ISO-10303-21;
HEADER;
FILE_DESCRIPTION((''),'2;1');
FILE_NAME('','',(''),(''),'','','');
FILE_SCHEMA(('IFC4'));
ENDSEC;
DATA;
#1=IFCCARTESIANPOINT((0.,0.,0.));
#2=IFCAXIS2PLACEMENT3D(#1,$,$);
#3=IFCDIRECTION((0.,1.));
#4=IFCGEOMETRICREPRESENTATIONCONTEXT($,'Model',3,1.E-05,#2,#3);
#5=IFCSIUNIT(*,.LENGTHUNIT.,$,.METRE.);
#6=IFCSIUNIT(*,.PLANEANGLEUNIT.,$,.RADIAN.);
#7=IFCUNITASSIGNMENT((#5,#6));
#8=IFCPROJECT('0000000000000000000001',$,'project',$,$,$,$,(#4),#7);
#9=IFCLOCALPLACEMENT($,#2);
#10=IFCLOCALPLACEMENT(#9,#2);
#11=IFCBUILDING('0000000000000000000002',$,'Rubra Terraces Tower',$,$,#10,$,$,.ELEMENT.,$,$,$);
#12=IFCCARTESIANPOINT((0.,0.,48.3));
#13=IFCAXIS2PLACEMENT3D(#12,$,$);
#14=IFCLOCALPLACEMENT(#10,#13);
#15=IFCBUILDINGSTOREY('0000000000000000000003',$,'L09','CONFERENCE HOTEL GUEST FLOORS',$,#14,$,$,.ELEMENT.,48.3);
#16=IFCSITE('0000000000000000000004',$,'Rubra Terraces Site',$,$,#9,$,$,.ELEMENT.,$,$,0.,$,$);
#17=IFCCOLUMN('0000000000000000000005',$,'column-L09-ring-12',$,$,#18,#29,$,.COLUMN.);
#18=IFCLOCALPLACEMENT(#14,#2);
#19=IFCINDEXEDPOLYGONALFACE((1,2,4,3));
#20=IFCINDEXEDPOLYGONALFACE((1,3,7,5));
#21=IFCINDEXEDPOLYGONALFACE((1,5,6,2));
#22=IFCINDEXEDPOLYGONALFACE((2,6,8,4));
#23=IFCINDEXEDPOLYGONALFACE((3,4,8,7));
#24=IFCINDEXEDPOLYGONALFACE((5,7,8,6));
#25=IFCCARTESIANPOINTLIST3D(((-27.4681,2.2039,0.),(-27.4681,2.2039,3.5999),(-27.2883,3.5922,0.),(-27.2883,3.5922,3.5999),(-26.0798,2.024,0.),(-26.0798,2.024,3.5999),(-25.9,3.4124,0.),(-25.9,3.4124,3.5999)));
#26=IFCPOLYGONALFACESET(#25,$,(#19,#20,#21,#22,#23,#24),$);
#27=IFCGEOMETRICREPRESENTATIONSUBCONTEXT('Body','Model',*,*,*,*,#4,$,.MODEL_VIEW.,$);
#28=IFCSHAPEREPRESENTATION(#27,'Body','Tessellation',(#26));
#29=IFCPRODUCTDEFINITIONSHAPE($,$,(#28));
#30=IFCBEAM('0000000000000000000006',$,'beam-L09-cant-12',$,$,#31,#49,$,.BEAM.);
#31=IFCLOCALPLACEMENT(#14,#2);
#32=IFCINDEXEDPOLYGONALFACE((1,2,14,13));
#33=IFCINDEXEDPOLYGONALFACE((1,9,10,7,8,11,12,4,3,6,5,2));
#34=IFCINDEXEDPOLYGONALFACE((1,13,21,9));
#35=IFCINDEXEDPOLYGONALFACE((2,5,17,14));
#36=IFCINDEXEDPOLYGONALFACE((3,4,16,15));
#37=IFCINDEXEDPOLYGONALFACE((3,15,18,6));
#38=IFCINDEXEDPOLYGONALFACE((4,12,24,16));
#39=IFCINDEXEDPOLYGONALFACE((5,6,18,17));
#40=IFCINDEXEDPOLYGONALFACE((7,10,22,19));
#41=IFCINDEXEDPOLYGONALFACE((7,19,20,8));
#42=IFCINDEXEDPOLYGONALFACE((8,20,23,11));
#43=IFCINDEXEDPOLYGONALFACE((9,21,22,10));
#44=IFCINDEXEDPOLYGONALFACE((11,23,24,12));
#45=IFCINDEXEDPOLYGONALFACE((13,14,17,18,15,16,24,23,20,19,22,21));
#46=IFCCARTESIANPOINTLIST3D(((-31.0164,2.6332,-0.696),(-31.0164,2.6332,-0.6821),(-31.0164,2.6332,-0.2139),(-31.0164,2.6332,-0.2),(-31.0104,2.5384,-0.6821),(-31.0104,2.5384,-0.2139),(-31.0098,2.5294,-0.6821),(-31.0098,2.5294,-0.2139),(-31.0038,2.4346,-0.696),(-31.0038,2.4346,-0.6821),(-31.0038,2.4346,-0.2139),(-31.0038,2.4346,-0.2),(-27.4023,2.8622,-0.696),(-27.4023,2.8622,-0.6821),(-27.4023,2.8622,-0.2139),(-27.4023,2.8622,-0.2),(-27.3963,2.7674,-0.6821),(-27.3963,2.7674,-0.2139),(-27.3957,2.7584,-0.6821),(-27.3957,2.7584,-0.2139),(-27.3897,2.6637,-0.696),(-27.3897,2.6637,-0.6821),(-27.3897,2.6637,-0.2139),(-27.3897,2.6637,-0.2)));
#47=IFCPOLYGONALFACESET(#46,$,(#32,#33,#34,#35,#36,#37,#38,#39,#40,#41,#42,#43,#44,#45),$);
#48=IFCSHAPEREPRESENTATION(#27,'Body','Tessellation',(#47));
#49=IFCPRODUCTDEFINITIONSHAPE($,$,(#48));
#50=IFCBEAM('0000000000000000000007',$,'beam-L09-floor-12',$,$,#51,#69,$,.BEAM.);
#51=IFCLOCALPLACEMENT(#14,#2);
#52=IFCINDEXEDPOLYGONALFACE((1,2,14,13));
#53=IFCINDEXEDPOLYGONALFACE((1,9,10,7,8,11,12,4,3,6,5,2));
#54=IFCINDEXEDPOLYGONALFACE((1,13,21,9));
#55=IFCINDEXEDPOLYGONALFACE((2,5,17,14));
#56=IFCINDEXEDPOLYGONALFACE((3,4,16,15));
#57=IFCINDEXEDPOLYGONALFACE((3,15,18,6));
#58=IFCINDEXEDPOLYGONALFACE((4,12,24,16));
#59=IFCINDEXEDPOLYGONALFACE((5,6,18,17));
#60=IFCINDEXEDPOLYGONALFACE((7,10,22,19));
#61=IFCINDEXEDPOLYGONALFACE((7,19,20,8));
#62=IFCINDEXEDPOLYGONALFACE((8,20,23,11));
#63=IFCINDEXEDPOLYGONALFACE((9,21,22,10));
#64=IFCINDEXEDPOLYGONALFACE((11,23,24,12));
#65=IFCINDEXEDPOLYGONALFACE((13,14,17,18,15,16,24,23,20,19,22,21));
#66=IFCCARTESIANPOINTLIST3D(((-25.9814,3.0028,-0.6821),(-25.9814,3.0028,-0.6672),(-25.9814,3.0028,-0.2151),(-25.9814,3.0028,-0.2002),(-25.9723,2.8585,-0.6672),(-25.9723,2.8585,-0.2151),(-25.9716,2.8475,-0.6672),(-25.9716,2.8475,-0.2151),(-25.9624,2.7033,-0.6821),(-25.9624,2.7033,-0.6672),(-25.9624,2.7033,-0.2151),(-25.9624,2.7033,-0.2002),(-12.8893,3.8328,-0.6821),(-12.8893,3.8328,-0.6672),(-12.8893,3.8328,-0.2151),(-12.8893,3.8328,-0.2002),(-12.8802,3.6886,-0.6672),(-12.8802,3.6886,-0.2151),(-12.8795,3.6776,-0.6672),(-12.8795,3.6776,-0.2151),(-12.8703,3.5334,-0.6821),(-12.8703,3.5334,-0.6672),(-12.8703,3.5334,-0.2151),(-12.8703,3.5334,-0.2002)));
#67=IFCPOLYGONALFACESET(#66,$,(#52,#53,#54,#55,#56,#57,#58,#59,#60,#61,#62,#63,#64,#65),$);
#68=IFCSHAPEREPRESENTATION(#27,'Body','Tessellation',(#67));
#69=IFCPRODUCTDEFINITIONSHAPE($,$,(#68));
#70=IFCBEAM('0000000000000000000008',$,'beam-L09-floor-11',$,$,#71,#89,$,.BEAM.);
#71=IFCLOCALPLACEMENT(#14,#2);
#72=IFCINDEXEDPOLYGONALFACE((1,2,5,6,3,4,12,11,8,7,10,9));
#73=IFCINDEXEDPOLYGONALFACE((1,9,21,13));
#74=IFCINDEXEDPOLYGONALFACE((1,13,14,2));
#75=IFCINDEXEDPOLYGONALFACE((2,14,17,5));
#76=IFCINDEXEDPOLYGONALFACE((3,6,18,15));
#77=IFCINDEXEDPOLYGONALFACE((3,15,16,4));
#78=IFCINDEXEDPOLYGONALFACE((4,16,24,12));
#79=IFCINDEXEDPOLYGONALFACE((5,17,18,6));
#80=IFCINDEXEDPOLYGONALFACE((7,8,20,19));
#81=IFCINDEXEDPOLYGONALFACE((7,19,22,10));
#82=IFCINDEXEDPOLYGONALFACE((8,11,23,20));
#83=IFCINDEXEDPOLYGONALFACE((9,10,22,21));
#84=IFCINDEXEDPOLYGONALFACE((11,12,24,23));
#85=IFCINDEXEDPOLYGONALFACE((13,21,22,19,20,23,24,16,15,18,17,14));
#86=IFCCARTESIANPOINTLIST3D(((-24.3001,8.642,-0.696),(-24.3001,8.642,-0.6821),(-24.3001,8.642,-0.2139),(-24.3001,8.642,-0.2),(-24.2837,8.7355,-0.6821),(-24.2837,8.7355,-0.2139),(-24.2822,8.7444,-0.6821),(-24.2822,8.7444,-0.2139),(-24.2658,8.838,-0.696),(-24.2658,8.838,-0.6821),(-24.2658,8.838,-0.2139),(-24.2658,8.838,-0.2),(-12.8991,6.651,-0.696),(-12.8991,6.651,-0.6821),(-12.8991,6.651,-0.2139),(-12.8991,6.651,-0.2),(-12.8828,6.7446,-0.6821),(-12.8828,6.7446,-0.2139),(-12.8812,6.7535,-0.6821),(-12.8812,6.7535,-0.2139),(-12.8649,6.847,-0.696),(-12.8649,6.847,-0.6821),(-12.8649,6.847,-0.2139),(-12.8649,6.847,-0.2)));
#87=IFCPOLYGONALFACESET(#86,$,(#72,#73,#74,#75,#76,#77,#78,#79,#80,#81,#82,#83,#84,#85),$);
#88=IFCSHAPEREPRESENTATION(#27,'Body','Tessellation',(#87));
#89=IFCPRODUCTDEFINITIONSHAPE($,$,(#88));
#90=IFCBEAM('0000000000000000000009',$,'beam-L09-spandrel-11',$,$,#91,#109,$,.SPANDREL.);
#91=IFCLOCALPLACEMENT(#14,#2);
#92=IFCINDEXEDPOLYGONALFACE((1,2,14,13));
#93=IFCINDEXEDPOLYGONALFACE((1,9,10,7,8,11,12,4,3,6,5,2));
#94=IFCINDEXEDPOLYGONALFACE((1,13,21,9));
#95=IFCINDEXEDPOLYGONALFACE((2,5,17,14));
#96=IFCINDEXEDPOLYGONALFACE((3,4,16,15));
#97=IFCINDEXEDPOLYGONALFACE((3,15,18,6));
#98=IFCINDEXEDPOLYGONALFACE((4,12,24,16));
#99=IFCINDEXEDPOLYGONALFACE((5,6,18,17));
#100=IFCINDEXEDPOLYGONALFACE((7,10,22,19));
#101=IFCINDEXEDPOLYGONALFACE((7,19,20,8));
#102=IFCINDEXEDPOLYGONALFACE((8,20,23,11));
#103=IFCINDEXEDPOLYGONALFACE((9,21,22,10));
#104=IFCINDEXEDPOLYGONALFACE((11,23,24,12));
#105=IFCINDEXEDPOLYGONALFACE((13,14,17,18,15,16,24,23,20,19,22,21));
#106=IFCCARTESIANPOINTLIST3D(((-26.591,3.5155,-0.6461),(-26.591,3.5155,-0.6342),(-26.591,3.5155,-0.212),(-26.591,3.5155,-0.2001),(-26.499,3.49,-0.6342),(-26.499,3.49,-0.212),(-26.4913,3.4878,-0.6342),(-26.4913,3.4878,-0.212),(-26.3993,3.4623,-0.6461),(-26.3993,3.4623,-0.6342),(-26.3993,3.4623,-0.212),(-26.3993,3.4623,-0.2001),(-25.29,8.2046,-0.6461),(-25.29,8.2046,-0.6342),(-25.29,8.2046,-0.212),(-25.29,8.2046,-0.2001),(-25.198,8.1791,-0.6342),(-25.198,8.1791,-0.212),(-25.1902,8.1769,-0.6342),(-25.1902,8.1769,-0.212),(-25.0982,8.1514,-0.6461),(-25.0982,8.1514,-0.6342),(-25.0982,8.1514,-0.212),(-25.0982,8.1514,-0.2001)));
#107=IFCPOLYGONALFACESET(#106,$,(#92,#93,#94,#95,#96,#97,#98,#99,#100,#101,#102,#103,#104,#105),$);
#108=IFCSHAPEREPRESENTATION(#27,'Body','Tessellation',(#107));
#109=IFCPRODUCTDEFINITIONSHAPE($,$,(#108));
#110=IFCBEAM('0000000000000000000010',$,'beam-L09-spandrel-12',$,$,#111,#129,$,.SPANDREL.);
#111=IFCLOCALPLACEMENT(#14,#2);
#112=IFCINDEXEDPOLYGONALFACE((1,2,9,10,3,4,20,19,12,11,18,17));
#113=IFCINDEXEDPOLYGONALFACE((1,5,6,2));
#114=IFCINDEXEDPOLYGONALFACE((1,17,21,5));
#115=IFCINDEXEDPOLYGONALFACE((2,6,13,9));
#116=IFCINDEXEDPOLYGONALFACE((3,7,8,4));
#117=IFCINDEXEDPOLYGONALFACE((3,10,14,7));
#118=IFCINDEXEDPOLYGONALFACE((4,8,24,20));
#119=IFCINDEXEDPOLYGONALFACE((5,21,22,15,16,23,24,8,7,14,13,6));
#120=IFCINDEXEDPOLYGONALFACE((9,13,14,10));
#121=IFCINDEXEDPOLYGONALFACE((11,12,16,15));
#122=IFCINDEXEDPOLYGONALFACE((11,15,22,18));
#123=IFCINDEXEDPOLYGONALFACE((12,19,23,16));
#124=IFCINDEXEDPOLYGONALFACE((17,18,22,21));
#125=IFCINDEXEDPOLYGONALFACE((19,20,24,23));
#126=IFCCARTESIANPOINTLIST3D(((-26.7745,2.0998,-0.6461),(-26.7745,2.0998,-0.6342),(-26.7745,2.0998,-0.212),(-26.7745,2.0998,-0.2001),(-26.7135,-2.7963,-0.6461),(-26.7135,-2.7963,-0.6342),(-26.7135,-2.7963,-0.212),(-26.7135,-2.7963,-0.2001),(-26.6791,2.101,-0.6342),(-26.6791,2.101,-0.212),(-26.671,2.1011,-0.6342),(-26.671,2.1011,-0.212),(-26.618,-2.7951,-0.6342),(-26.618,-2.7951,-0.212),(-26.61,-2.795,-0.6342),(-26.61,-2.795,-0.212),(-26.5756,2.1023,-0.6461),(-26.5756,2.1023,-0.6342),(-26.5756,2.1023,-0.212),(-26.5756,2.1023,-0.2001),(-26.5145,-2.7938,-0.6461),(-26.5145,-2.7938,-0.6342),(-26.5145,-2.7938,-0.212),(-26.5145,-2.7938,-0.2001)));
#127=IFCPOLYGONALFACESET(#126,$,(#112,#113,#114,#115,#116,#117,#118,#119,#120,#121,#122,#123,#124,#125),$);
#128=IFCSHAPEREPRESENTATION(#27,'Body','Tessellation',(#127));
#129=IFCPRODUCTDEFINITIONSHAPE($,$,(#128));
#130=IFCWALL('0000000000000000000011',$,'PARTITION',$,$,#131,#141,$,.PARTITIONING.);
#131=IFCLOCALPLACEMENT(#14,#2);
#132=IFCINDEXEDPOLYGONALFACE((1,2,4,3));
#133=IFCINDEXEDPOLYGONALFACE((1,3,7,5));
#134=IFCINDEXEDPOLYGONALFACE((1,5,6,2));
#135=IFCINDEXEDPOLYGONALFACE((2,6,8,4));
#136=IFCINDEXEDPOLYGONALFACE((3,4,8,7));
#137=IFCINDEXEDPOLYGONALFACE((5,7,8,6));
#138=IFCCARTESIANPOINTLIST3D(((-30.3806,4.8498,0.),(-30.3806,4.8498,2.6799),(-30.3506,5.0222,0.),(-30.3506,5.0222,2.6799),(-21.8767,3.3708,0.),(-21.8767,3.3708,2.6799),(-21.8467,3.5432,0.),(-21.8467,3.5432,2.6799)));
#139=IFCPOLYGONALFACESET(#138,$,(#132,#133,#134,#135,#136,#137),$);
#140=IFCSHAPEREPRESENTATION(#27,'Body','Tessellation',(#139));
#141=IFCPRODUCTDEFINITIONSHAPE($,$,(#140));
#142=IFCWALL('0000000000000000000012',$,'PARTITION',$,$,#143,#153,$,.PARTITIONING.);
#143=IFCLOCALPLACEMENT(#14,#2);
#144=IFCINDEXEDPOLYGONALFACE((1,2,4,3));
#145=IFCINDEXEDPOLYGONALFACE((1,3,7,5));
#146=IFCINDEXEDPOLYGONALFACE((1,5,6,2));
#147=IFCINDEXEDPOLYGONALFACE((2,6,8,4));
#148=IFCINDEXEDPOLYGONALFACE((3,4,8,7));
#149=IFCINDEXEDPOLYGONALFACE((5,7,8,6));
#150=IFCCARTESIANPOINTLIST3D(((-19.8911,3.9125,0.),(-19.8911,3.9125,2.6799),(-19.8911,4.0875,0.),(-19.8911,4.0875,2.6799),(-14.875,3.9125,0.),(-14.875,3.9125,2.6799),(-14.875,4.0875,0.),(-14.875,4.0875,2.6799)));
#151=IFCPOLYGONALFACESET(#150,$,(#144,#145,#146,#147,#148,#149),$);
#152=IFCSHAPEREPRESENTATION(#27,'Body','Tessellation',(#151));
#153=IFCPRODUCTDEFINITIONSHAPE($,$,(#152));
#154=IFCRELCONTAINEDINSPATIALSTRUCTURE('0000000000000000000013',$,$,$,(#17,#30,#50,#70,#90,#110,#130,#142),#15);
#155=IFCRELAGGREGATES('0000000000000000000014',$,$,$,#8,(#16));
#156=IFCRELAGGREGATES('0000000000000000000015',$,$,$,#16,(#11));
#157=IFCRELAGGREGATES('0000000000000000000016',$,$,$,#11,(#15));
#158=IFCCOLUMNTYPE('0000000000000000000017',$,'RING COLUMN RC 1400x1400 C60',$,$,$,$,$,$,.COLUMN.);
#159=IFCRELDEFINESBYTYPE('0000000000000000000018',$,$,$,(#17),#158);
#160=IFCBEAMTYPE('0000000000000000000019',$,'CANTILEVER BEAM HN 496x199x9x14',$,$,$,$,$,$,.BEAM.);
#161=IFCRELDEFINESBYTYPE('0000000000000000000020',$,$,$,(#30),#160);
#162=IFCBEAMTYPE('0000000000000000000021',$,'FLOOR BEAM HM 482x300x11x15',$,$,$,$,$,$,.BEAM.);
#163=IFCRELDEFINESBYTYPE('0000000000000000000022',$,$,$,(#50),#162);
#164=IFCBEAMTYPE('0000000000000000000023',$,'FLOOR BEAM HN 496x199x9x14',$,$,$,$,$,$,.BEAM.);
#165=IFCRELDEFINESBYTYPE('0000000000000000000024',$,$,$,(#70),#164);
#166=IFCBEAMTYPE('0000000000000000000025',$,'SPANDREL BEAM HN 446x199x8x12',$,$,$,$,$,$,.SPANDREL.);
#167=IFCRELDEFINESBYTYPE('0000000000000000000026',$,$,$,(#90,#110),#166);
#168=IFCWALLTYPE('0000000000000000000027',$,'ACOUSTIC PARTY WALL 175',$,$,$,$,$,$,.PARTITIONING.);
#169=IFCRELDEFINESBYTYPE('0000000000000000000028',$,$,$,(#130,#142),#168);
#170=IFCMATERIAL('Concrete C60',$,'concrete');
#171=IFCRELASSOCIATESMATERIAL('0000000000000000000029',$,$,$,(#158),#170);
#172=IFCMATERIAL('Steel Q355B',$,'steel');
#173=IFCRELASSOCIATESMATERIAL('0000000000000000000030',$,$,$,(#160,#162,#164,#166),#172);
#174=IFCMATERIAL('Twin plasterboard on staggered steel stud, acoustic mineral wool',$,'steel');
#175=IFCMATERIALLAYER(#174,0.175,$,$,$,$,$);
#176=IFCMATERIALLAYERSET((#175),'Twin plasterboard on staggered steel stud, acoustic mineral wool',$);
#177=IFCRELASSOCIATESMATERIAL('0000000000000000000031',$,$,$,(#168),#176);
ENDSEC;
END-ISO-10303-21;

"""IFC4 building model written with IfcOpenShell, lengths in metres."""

from ifc_helpers import new_model, si_unit, direction, frame, frame_2d, origin, origin_2d, place, context, subcontext, project, spatial, rectangle, i_section, extrude, material, layer, layer_set, material_profile, profile_set, type_object, element, save


model = new_model("IFC4")

# Units and contexts
model_context = context("Model", 3, precision=1e-05, world=origin(), true_north=direction((0.0, 1.0)))
body_context = subcontext(model_context, "Body", "Model", "MODEL_VIEW")
ifc_project = project(units=[si_unit("LENGTHUNIT", "METRE"), si_unit("PLANEANGLEUNIT", "RADIAN")], contexts=[model_context])

# Site, building, storey
site_placement = place(None, origin())
site = spatial("IfcSite", under=ifc_project, at=site_placement, Name="Rubra Terraces Site", CompositionType="ELEMENT", RefElevation=0.0)
building_placement = place(site_placement, origin())
building = spatial("IfcBuilding", under=site, at=building_placement, Name="Rubra Terraces Tower", CompositionType="ELEMENT")
storey_placement = place(building_placement, frame((0.0, 0.0, 48.3)))
storey = spatial("IfcBuildingStorey", under=building, at=storey_placement, Name="L09", Description="CONFERENCE HOTEL GUEST FLOORS", CompositionType="ELEMENT", Elevation=48.3)

# Column
ifc_material_1 = material(Name="Concrete C60", Category="concrete")
ifc_material_profile_1 = material_profile(ifc_material_1, rectangle(XDim=1.3999, YDim=1.3999, at=origin_2d()), Name="RC 1400x1400")
ifc_profile_set_1 = profile_set([ifc_material_profile_1], Name="Concrete C60")
column_type = type_object("IfcColumnType", Name="RING COLUMN RC 1400x1400 C60", PredefinedType="COLUMN", material=ifc_profile_set_1)
column_placement = place(storey_placement, frame((-26.6841, 2.8081, 0.0), z_axis=(0.0, 0.0, 1.0), x_axis=(-0.128445, -0.991717, 0.0)))
element("IfcColumn", 1, at=column_placement, inside=storey, type_object=column_type, Name="column-L09-ring-12", PredefinedType="COLUMN", context=body_context, shape_type="SweptSolid", body=[
    extrude(rectangle(XDim=1.3999, YDim=1.3999, at=origin_2d()), origin(), (0.0, 0.0, 1.0), 3.5999),
])

# Beams
ifc_material_2 = material(Name="Steel Q355B", Category="steel")
ifc_material_profile_2 = material_profile(ifc_material_2, i_section(OverallWidth=0.199, OverallDepth=0.4961, WebThickness=0.009, FlangeThickness=0.0139, at=origin_2d()), Name="HN 496x199x9x14")
ifc_profile_set_2 = profile_set([ifc_material_profile_2], Name="Steel Q355B")
beam_type_1 = type_object("IfcBeamType", Name="CANTILEVER BEAM HN 496x199x9x14", PredefinedType="BEAM", material=ifc_profile_set_2)
beam_1_placement = place(storey_placement, frame((-27.396, 2.7629, -0.448), z_axis=(-0.997998, -0.063239, 0.0), x_axis=(0.063239, -0.997998, 0.0)))
element("IfcBeam", 2, at=beam_1_placement, inside=storey, type_object=beam_type_1, Name="beam-L09-cant-12", PredefinedType="BEAM", context=body_context, shape_type="SweptSolid", body=[
    extrude(i_section(OverallWidth=0.199, OverallDepth=0.4961, WebThickness=0.009, FlangeThickness=0.0139, at=origin_2d()), origin(), (0.0, 0.0, 1.0), 3.6213),
])
ifc_material_profile_3 = material_profile(ifc_material_2, i_section(OverallWidth=0.3, OverallDepth=0.4819, WebThickness=0.011, FlangeThickness=0.0149, at=origin_2d()), Name="HM 482x300x11x15")
ifc_profile_set_3 = profile_set([ifc_material_profile_3], Name="Steel Q355B")
beam_type_2 = type_object("IfcBeamType", Name="FLOOR BEAM HM 482x300x11x15", PredefinedType="BEAM", material=ifc_profile_set_3)
beam_2_placement = place(storey_placement, frame((-25.9719, 2.853, -0.4412), z_axis=(0.997996, 0.063276, 0.0), x_axis=(-0.063276, 0.997996, 0.0)))
element("IfcBeam", 3, at=beam_2_placement, inside=storey, type_object=beam_type_2, Name="beam-L09-floor-12", PredefinedType="BEAM", context=body_context, shape_type="SweptSolid", body=[
    extrude(i_section(OverallWidth=0.3, OverallDepth=0.4819, WebThickness=0.011, FlangeThickness=0.0149, at=origin_2d()), origin(), (0.0, 0.0, 1.0), 13.1184),
])
ifc_material_profile_4 = material_profile(ifc_material_2, i_section(OverallWidth=0.199, OverallDepth=0.4961, WebThickness=0.009, FlangeThickness=0.0139, at=origin_2d()), Name="HN 496x199x9x14")
ifc_profile_set_4 = profile_set([ifc_material_profile_4], Name="Steel Q355B")
beam_type_3 = type_object("IfcBeamType", Name="FLOOR BEAM HN 496x199x9x14", PredefinedType="BEAM", material=ifc_profile_set_4)
beam_3_placement = place(storey_placement, frame((-24.283, 8.74, -0.448), z_axis=(0.985092, -0.172029, 0.0), x_axis=(0.172029, 0.985092, 0.0)))
element("IfcBeam", 4, at=beam_3_placement, inside=storey, type_object=beam_type_3, Name="beam-L09-floor-11", PredefinedType="BEAM", context=body_context, shape_type="SweptSolid", body=[
    extrude(i_section(OverallWidth=0.199, OverallDepth=0.4961, WebThickness=0.009, FlangeThickness=0.0139, at=origin_2d()), origin(), (0.0, 0.0, 1.0), 11.5735),
])
ifc_material_profile_5 = material_profile(ifc_material_2, i_section(OverallWidth=0.199, OverallDepth=0.446, WebThickness=0.0081, FlangeThickness=0.012, at=origin_2d()), Name="HN 446x199x8x12")
ifc_profile_set_5 = profile_set([ifc_material_profile_5], Name="Steel Q355B")
beam_type_4 = type_object("IfcBeamType", Name="SPANDREL BEAM HN 446x199x8x12", PredefinedType="SPANDREL", material=ifc_profile_set_5)
beam_4_placement = place(storey_placement, frame((-25.1941, 8.178, -0.4231), z_axis=(-0.267364, -0.963595, 0.0), x_axis=(0.963595, -0.267364, 0.0)))
element("IfcBeam", 5, at=beam_4_placement, inside=storey, type_object=beam_type_4, Name="beam-L09-spandrel-11", PredefinedType="SPANDREL", context=body_context, shape_type="SweptSolid", body=[
    extrude(i_section(OverallWidth=0.199, OverallDepth=0.446, WebThickness=0.0081, FlangeThickness=0.012, at=origin_2d()), origin(), (0.0, 0.0, 1.0), 4.8662),
])
beam_5_placement = place(storey_placement, frame((-26.675, 2.1011, -0.4231), z_axis=(0.012465, -0.999922, 0.0), x_axis=(0.999922, 0.012465, 0.0)))
element("IfcBeam", 6, at=beam_5_placement, inside=storey, type_object=beam_type_4, Name="beam-L09-spandrel-12", PredefinedType="SPANDREL", context=body_context, shape_type="SweptSolid", body=[
    extrude(i_section(OverallWidth=0.199, OverallDepth=0.446, WebThickness=0.0081, FlangeThickness=0.012, at=origin_2d()), origin(), (0.0, 0.0, 1.0), 4.8965),
])

# Walls
ifc_material_3 = material(Name="Twin plasterboard on staggered steel stud, acoustic mineral wool", Category="steel")
ifc_layer_1 = layer(ifc_material_3, 0.175)
ifc_layer_set_1 = layer_set([ifc_layer_1], Name="Twin plasterboard on staggered steel stud, acoustic mineral wool")
wall_type_1 = type_object("IfcWallType", Name="ACOUSTIC PARTY WALL 175", PredefinedType="PARTITIONING", material=ifc_layer_set_1)
wall_1_placement = place(storey_placement, frame((-30.3657, 4.936, 0.0), z_axis=(0.0, 0.0, 1.0), x_axis=(0.985211, -0.171348, 0.0)))
element("IfcWall", 7, at=wall_1_placement, inside=storey, type_object=wall_type_1, Name="PARTITION", PredefinedType="PARTITIONING", context=body_context, shape_type="SweptSolid", body=[
    extrude(rectangle(XDim=8.6316, YDim=0.175, at=frame_2d((4.3159, 0.0))), origin(), (0.0, 0.0, 1.0), 2.6799),
])
wall_2_placement = place(storey_placement, frame((-19.8911, 4.0, 0.0), z_axis=(0.0, 0.0, 1.0), x_axis=(1.0, 0.0, 0.0)))
element("IfcWall", 8, at=wall_2_placement, inside=storey, type_object=wall_type_1, Name="PARTITION", PredefinedType="PARTITIONING", context=body_context, shape_type="SweptSolid", body=[
    extrude(rectangle(XDim=5.0161, YDim=0.175, at=frame_2d((2.5081, 0.0))), origin(), (0.0, 0.0, 1.0), 2.6799),
])

save(model, "model.ifc")
